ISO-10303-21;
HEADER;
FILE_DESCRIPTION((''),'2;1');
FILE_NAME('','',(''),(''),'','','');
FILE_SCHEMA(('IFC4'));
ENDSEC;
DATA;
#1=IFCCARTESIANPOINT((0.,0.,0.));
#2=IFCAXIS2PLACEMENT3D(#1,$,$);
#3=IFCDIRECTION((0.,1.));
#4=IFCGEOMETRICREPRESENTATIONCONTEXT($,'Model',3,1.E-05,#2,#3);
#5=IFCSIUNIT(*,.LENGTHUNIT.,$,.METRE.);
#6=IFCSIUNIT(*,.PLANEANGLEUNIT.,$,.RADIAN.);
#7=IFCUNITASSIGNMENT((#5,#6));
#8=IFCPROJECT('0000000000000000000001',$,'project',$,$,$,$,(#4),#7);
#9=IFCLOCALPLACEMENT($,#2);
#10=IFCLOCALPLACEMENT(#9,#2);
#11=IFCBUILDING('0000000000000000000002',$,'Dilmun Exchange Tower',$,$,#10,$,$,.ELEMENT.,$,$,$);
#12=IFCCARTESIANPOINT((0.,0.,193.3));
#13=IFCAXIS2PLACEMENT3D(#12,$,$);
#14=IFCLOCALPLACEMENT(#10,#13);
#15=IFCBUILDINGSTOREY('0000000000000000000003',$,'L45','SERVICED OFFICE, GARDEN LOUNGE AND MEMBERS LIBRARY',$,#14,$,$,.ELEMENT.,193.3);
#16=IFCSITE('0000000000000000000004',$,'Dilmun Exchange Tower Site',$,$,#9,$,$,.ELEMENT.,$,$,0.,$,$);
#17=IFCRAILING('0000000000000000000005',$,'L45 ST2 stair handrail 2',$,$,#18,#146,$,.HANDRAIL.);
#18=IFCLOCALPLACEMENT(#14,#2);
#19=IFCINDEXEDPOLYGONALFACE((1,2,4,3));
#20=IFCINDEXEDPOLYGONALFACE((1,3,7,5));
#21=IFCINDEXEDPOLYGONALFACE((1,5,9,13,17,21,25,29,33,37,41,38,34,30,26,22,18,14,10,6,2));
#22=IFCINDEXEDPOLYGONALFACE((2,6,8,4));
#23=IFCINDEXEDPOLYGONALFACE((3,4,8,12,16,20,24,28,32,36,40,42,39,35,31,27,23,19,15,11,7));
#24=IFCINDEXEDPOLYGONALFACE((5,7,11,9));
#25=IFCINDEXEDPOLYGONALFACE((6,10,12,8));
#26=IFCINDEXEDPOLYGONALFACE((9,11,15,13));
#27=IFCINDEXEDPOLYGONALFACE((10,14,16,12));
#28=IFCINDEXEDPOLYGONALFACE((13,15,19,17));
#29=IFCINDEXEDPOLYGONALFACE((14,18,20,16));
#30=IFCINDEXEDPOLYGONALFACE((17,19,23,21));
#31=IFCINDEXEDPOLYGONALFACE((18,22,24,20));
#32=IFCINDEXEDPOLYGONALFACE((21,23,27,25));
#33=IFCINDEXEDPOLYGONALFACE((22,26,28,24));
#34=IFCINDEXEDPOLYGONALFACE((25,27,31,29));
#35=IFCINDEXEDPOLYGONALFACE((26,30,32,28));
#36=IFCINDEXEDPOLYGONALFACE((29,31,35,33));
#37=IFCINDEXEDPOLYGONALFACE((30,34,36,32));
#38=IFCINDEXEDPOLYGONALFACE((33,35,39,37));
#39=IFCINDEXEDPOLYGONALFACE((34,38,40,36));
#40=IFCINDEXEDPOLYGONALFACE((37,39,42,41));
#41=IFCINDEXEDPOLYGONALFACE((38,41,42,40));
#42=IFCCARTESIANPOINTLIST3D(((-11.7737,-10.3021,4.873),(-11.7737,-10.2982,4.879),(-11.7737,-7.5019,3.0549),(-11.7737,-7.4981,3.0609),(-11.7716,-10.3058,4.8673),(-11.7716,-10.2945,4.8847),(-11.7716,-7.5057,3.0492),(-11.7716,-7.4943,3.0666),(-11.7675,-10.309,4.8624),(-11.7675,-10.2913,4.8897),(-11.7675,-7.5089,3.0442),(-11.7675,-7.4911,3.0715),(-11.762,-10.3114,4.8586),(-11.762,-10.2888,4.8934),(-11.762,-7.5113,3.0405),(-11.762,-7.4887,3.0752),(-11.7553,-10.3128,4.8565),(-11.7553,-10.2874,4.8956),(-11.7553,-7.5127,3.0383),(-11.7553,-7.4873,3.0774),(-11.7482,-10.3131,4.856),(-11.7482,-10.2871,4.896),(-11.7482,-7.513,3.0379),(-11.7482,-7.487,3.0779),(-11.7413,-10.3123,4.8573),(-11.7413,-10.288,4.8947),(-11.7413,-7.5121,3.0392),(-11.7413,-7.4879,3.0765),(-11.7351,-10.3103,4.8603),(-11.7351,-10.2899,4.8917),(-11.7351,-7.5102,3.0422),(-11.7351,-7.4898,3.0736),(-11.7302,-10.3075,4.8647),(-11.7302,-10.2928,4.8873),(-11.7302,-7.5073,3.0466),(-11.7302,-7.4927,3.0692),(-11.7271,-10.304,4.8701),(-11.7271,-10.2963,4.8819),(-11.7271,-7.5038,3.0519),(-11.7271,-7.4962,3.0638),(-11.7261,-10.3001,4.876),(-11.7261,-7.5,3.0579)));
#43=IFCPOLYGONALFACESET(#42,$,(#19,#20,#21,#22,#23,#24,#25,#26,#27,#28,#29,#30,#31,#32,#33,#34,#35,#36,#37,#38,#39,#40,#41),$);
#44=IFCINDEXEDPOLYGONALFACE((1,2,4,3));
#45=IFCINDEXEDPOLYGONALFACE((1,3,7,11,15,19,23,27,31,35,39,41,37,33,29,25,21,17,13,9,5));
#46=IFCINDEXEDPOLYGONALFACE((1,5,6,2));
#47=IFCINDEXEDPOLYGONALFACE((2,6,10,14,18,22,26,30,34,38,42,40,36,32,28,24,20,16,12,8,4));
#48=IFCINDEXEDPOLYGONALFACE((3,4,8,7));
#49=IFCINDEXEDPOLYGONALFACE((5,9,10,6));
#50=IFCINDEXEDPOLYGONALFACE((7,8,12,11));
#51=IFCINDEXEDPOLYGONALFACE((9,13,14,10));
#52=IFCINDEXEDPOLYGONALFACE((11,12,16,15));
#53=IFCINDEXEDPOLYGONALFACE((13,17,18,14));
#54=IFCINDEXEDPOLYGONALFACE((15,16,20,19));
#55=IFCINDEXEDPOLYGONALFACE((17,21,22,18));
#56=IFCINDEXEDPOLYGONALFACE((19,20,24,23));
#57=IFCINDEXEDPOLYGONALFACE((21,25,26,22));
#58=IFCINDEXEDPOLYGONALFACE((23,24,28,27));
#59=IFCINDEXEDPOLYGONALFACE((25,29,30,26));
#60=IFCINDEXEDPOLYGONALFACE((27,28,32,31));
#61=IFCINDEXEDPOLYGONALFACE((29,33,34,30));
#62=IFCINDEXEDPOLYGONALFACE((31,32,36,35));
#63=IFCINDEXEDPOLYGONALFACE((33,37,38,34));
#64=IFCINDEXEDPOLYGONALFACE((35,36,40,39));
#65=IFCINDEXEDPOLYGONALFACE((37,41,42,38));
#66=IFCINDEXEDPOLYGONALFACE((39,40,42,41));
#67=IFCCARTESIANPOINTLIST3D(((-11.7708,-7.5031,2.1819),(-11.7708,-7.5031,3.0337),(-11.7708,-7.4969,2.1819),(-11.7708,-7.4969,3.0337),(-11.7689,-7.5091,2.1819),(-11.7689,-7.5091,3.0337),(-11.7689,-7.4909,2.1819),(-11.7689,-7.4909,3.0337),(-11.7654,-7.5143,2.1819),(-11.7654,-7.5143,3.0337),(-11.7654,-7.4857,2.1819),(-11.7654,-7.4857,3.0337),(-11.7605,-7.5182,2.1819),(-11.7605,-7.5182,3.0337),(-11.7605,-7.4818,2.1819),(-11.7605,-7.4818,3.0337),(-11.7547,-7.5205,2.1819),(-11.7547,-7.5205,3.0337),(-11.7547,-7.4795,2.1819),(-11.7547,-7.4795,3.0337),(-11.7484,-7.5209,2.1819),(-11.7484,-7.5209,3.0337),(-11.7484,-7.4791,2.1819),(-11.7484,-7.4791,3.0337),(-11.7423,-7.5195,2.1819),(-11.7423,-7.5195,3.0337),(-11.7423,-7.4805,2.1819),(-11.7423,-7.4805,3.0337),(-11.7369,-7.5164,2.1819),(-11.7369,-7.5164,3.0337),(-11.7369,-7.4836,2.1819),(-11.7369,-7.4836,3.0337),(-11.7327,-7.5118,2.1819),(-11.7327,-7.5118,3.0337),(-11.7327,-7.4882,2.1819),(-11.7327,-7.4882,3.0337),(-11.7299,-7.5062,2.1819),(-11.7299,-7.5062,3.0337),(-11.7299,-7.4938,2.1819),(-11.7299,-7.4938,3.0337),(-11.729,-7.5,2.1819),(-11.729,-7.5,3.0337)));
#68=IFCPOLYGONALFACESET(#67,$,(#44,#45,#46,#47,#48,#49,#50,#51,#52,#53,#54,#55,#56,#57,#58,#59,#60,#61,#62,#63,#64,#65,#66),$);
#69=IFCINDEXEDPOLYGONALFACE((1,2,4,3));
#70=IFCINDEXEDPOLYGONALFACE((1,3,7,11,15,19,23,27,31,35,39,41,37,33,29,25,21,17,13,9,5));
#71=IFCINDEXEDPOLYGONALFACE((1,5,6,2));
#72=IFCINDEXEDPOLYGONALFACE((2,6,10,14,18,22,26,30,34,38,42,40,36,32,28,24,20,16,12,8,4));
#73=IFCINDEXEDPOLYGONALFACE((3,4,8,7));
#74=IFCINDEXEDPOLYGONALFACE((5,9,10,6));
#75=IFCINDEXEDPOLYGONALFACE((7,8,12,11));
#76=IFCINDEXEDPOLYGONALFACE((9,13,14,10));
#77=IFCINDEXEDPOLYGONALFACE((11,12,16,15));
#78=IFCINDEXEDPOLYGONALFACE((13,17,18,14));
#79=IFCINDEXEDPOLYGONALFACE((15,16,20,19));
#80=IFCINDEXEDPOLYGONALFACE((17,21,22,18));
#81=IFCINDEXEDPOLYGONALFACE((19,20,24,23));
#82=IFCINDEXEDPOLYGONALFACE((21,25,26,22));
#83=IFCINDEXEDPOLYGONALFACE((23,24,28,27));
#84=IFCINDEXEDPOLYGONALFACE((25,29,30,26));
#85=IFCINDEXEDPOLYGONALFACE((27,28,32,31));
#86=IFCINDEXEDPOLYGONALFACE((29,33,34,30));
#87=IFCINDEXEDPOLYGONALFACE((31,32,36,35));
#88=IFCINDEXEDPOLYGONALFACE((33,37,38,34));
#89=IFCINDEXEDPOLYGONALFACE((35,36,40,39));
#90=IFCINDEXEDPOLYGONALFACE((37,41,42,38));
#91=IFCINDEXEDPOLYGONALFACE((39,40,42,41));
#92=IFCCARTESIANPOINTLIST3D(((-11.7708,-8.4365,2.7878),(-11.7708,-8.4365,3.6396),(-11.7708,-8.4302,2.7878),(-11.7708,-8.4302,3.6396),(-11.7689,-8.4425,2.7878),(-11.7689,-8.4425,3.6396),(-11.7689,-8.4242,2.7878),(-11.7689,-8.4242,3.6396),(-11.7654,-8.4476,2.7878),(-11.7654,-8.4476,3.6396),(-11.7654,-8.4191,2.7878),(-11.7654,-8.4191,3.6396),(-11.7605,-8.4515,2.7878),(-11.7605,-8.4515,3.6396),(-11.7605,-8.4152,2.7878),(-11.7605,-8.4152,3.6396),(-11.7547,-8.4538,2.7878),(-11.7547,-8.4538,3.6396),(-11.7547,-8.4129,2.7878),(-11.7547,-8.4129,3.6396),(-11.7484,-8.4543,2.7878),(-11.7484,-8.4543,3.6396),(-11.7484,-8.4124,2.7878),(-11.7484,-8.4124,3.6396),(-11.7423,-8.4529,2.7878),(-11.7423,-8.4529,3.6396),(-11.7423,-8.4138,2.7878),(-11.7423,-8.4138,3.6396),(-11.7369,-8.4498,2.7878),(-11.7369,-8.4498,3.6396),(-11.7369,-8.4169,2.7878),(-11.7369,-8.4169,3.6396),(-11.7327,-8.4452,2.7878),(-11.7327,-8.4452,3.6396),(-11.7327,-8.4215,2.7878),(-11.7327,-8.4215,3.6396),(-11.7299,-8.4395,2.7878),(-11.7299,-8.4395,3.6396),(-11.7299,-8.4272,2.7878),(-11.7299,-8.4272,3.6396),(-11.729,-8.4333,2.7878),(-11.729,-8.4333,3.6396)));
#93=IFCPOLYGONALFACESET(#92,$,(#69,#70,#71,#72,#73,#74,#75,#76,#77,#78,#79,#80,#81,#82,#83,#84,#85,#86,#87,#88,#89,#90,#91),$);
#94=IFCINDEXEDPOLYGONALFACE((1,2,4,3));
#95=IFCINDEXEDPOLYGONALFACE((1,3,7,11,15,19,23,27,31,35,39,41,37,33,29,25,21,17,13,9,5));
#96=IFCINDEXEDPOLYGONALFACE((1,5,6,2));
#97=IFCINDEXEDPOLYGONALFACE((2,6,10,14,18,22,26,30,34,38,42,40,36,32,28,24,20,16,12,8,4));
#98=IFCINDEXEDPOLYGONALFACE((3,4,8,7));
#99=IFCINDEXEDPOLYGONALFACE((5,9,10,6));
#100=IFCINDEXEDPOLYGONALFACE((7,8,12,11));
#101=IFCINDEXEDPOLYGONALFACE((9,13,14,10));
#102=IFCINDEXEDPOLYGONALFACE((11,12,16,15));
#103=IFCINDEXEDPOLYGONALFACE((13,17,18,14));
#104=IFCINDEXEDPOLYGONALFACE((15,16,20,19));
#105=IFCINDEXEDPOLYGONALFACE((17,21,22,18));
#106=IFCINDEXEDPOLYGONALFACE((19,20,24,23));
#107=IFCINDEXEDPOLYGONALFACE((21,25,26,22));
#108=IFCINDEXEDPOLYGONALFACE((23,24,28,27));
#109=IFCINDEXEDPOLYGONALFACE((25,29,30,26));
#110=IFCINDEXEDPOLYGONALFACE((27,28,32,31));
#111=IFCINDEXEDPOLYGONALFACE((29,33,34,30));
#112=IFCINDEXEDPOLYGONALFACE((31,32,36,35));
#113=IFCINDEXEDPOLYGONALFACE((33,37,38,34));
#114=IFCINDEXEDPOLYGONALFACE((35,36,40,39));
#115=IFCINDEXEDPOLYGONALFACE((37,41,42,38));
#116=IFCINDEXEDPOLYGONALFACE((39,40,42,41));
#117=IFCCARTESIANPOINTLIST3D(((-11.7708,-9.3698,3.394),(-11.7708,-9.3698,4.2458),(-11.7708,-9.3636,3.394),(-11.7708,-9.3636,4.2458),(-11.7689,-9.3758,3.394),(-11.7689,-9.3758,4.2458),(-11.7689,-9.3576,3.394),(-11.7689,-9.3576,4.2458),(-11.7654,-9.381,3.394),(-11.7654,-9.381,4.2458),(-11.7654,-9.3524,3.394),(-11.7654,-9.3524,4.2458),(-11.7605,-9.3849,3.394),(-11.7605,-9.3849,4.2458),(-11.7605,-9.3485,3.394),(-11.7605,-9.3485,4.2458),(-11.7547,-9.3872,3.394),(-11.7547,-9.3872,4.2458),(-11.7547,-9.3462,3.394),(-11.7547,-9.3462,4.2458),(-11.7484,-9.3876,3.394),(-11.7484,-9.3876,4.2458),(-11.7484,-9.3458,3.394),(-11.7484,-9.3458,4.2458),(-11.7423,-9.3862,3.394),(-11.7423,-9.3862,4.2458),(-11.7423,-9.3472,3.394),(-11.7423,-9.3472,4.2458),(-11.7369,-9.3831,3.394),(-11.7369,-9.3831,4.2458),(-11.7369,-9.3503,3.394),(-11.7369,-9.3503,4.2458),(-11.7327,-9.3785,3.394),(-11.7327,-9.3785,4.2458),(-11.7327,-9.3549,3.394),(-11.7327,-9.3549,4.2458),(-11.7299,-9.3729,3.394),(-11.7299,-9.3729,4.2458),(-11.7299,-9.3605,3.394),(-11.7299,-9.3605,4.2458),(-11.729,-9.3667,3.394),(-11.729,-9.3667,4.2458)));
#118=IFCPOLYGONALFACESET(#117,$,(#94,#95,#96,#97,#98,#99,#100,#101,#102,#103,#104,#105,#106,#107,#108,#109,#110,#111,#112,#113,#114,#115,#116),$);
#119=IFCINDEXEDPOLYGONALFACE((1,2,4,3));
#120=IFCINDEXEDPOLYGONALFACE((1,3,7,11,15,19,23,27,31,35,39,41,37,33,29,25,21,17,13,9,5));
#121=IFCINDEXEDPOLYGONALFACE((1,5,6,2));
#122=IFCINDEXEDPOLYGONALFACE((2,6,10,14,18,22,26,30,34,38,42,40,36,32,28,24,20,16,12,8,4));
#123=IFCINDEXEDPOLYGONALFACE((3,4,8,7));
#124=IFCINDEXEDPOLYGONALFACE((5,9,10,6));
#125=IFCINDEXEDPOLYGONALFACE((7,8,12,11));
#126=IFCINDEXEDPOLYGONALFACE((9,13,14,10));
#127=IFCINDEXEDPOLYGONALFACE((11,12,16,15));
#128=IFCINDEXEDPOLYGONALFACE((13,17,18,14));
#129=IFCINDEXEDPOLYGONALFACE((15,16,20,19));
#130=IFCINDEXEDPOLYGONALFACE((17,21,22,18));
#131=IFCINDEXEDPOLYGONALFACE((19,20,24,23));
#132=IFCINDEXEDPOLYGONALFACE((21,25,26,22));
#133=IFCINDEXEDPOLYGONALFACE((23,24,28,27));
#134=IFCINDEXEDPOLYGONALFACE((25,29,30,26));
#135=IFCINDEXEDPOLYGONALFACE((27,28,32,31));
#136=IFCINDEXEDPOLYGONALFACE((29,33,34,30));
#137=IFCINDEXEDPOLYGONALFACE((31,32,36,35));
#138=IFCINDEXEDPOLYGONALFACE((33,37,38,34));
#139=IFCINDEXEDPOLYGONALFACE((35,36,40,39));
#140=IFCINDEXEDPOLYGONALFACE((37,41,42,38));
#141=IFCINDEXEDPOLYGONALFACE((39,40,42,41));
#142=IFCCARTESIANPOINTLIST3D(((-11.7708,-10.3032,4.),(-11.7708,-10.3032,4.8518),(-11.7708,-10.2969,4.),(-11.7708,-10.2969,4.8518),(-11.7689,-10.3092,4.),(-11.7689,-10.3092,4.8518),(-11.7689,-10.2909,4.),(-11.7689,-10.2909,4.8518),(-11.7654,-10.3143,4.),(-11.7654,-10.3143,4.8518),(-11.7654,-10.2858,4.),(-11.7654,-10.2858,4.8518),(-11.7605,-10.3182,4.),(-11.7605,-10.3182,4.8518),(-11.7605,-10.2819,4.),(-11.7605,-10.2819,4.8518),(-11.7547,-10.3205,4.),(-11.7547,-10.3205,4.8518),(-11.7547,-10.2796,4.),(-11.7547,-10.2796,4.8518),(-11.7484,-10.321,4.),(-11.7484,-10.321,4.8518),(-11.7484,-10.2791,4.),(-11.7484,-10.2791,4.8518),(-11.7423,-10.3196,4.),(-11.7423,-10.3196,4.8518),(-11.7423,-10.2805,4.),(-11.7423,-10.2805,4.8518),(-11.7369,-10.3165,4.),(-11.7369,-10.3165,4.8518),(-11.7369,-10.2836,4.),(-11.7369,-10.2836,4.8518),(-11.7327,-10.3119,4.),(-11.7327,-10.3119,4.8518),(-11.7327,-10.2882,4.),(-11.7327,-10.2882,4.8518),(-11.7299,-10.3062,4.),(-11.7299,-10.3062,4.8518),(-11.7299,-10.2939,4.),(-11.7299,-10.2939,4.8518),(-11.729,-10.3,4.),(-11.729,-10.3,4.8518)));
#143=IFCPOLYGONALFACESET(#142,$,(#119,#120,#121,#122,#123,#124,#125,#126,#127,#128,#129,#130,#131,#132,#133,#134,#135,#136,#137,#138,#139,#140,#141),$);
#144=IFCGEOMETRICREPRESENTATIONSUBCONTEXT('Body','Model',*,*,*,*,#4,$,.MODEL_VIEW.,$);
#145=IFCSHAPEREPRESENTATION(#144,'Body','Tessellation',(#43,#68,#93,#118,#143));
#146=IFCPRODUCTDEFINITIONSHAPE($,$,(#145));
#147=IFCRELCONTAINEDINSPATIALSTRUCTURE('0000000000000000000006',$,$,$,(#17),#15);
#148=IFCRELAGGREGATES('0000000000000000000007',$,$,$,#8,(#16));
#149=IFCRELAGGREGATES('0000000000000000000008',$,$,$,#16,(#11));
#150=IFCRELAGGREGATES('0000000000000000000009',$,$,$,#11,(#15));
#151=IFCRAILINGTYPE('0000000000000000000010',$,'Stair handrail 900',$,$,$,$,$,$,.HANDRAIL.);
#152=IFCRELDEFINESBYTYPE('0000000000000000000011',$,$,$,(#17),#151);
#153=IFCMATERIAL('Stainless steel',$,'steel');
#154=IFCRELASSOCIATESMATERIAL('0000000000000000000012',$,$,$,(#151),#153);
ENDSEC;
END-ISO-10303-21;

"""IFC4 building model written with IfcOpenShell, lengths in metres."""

from ifc_helpers import new_model, si_unit, direction, frame, origin, origin_2d, place, context, subcontext, project, spatial, circle, extrude, material, type_object, element, save


model = new_model("IFC4")

# Units and contexts
model_context = context("Model", 3, precision=1e-05, world=origin(), true_north=direction((0.0, 1.0)))
body_context = subcontext(model_context, "Body", "Model", "MODEL_VIEW")
ifc_project = project(units=[si_unit("LENGTHUNIT", "METRE"), si_unit("PLANEANGLEUNIT", "RADIAN")], contexts=[model_context])

# Site, building, storey
site_placement = place(None, origin())
site = spatial("IfcSite", under=ifc_project, at=site_placement, Name="Dilmun Exchange Tower Site", CompositionType="ELEMENT", RefElevation=0.0)
building_placement = place(site_placement, origin())
building = spatial("IfcBuilding", under=site, at=building_placement, Name="Dilmun Exchange Tower", CompositionType="ELEMENT")
storey_placement = place(building_placement, frame((0.0, 0.0, 193.3)))
storey = spatial("IfcBuildingStorey", under=building, at=storey_placement, Name="L45", Description="SERVICED OFFICE, GARDEN LOUNGE AND MEMBERS LIBRARY", CompositionType="ELEMENT", Elevation=193.3)

# Railing
ifc_material_1 = material(Name="Stainless steel", Category="steel")
railing_type = type_object("IfcRailingType", Name="Stair handrail 900", PredefinedType="HANDRAIL", material=ifc_material_1)
railing_placement = place(storey_placement, frame((-11.75, -7.5, 2.1819)))
element("IfcRailing", 1, at=railing_placement, inside=storey, type_object=railing_type, Name="L45 ST2 stair handrail 2", PredefinedType="HANDRAIL", context=body_context, shape_type="SweptSolid", body=[
    extrude(circle(Radius=0.0239, at=origin_2d()), frame((0.0, 0.0, 0.876), z_axis=(0.0, -0.838706, 0.544585), x_axis=(1.0, 0.0, 0.0)), (0.0, 0.0, 1.0), 3.3386),
    extrude(circle(Radius=0.021, at=origin_2d()), origin(), (0.0, 0.0, 1.0), 0.8518),
    extrude(circle(Radius=0.021, at=origin_2d()), frame((0.0, -0.9333, 0.606)), (0.0, 0.0, 1.0), 0.8518),
    extrude(circle(Radius=0.021, at=origin_2d()), frame((0.0, -1.8667, 1.2122)), (0.0, 0.0, 1.0), 0.8518),
    extrude(circle(Radius=0.021, at=origin_2d()), frame((0.0, -2.8, 1.8181)), (0.0, 0.0, 1.0), 0.8518),
])

save(model, "model.ifc")
